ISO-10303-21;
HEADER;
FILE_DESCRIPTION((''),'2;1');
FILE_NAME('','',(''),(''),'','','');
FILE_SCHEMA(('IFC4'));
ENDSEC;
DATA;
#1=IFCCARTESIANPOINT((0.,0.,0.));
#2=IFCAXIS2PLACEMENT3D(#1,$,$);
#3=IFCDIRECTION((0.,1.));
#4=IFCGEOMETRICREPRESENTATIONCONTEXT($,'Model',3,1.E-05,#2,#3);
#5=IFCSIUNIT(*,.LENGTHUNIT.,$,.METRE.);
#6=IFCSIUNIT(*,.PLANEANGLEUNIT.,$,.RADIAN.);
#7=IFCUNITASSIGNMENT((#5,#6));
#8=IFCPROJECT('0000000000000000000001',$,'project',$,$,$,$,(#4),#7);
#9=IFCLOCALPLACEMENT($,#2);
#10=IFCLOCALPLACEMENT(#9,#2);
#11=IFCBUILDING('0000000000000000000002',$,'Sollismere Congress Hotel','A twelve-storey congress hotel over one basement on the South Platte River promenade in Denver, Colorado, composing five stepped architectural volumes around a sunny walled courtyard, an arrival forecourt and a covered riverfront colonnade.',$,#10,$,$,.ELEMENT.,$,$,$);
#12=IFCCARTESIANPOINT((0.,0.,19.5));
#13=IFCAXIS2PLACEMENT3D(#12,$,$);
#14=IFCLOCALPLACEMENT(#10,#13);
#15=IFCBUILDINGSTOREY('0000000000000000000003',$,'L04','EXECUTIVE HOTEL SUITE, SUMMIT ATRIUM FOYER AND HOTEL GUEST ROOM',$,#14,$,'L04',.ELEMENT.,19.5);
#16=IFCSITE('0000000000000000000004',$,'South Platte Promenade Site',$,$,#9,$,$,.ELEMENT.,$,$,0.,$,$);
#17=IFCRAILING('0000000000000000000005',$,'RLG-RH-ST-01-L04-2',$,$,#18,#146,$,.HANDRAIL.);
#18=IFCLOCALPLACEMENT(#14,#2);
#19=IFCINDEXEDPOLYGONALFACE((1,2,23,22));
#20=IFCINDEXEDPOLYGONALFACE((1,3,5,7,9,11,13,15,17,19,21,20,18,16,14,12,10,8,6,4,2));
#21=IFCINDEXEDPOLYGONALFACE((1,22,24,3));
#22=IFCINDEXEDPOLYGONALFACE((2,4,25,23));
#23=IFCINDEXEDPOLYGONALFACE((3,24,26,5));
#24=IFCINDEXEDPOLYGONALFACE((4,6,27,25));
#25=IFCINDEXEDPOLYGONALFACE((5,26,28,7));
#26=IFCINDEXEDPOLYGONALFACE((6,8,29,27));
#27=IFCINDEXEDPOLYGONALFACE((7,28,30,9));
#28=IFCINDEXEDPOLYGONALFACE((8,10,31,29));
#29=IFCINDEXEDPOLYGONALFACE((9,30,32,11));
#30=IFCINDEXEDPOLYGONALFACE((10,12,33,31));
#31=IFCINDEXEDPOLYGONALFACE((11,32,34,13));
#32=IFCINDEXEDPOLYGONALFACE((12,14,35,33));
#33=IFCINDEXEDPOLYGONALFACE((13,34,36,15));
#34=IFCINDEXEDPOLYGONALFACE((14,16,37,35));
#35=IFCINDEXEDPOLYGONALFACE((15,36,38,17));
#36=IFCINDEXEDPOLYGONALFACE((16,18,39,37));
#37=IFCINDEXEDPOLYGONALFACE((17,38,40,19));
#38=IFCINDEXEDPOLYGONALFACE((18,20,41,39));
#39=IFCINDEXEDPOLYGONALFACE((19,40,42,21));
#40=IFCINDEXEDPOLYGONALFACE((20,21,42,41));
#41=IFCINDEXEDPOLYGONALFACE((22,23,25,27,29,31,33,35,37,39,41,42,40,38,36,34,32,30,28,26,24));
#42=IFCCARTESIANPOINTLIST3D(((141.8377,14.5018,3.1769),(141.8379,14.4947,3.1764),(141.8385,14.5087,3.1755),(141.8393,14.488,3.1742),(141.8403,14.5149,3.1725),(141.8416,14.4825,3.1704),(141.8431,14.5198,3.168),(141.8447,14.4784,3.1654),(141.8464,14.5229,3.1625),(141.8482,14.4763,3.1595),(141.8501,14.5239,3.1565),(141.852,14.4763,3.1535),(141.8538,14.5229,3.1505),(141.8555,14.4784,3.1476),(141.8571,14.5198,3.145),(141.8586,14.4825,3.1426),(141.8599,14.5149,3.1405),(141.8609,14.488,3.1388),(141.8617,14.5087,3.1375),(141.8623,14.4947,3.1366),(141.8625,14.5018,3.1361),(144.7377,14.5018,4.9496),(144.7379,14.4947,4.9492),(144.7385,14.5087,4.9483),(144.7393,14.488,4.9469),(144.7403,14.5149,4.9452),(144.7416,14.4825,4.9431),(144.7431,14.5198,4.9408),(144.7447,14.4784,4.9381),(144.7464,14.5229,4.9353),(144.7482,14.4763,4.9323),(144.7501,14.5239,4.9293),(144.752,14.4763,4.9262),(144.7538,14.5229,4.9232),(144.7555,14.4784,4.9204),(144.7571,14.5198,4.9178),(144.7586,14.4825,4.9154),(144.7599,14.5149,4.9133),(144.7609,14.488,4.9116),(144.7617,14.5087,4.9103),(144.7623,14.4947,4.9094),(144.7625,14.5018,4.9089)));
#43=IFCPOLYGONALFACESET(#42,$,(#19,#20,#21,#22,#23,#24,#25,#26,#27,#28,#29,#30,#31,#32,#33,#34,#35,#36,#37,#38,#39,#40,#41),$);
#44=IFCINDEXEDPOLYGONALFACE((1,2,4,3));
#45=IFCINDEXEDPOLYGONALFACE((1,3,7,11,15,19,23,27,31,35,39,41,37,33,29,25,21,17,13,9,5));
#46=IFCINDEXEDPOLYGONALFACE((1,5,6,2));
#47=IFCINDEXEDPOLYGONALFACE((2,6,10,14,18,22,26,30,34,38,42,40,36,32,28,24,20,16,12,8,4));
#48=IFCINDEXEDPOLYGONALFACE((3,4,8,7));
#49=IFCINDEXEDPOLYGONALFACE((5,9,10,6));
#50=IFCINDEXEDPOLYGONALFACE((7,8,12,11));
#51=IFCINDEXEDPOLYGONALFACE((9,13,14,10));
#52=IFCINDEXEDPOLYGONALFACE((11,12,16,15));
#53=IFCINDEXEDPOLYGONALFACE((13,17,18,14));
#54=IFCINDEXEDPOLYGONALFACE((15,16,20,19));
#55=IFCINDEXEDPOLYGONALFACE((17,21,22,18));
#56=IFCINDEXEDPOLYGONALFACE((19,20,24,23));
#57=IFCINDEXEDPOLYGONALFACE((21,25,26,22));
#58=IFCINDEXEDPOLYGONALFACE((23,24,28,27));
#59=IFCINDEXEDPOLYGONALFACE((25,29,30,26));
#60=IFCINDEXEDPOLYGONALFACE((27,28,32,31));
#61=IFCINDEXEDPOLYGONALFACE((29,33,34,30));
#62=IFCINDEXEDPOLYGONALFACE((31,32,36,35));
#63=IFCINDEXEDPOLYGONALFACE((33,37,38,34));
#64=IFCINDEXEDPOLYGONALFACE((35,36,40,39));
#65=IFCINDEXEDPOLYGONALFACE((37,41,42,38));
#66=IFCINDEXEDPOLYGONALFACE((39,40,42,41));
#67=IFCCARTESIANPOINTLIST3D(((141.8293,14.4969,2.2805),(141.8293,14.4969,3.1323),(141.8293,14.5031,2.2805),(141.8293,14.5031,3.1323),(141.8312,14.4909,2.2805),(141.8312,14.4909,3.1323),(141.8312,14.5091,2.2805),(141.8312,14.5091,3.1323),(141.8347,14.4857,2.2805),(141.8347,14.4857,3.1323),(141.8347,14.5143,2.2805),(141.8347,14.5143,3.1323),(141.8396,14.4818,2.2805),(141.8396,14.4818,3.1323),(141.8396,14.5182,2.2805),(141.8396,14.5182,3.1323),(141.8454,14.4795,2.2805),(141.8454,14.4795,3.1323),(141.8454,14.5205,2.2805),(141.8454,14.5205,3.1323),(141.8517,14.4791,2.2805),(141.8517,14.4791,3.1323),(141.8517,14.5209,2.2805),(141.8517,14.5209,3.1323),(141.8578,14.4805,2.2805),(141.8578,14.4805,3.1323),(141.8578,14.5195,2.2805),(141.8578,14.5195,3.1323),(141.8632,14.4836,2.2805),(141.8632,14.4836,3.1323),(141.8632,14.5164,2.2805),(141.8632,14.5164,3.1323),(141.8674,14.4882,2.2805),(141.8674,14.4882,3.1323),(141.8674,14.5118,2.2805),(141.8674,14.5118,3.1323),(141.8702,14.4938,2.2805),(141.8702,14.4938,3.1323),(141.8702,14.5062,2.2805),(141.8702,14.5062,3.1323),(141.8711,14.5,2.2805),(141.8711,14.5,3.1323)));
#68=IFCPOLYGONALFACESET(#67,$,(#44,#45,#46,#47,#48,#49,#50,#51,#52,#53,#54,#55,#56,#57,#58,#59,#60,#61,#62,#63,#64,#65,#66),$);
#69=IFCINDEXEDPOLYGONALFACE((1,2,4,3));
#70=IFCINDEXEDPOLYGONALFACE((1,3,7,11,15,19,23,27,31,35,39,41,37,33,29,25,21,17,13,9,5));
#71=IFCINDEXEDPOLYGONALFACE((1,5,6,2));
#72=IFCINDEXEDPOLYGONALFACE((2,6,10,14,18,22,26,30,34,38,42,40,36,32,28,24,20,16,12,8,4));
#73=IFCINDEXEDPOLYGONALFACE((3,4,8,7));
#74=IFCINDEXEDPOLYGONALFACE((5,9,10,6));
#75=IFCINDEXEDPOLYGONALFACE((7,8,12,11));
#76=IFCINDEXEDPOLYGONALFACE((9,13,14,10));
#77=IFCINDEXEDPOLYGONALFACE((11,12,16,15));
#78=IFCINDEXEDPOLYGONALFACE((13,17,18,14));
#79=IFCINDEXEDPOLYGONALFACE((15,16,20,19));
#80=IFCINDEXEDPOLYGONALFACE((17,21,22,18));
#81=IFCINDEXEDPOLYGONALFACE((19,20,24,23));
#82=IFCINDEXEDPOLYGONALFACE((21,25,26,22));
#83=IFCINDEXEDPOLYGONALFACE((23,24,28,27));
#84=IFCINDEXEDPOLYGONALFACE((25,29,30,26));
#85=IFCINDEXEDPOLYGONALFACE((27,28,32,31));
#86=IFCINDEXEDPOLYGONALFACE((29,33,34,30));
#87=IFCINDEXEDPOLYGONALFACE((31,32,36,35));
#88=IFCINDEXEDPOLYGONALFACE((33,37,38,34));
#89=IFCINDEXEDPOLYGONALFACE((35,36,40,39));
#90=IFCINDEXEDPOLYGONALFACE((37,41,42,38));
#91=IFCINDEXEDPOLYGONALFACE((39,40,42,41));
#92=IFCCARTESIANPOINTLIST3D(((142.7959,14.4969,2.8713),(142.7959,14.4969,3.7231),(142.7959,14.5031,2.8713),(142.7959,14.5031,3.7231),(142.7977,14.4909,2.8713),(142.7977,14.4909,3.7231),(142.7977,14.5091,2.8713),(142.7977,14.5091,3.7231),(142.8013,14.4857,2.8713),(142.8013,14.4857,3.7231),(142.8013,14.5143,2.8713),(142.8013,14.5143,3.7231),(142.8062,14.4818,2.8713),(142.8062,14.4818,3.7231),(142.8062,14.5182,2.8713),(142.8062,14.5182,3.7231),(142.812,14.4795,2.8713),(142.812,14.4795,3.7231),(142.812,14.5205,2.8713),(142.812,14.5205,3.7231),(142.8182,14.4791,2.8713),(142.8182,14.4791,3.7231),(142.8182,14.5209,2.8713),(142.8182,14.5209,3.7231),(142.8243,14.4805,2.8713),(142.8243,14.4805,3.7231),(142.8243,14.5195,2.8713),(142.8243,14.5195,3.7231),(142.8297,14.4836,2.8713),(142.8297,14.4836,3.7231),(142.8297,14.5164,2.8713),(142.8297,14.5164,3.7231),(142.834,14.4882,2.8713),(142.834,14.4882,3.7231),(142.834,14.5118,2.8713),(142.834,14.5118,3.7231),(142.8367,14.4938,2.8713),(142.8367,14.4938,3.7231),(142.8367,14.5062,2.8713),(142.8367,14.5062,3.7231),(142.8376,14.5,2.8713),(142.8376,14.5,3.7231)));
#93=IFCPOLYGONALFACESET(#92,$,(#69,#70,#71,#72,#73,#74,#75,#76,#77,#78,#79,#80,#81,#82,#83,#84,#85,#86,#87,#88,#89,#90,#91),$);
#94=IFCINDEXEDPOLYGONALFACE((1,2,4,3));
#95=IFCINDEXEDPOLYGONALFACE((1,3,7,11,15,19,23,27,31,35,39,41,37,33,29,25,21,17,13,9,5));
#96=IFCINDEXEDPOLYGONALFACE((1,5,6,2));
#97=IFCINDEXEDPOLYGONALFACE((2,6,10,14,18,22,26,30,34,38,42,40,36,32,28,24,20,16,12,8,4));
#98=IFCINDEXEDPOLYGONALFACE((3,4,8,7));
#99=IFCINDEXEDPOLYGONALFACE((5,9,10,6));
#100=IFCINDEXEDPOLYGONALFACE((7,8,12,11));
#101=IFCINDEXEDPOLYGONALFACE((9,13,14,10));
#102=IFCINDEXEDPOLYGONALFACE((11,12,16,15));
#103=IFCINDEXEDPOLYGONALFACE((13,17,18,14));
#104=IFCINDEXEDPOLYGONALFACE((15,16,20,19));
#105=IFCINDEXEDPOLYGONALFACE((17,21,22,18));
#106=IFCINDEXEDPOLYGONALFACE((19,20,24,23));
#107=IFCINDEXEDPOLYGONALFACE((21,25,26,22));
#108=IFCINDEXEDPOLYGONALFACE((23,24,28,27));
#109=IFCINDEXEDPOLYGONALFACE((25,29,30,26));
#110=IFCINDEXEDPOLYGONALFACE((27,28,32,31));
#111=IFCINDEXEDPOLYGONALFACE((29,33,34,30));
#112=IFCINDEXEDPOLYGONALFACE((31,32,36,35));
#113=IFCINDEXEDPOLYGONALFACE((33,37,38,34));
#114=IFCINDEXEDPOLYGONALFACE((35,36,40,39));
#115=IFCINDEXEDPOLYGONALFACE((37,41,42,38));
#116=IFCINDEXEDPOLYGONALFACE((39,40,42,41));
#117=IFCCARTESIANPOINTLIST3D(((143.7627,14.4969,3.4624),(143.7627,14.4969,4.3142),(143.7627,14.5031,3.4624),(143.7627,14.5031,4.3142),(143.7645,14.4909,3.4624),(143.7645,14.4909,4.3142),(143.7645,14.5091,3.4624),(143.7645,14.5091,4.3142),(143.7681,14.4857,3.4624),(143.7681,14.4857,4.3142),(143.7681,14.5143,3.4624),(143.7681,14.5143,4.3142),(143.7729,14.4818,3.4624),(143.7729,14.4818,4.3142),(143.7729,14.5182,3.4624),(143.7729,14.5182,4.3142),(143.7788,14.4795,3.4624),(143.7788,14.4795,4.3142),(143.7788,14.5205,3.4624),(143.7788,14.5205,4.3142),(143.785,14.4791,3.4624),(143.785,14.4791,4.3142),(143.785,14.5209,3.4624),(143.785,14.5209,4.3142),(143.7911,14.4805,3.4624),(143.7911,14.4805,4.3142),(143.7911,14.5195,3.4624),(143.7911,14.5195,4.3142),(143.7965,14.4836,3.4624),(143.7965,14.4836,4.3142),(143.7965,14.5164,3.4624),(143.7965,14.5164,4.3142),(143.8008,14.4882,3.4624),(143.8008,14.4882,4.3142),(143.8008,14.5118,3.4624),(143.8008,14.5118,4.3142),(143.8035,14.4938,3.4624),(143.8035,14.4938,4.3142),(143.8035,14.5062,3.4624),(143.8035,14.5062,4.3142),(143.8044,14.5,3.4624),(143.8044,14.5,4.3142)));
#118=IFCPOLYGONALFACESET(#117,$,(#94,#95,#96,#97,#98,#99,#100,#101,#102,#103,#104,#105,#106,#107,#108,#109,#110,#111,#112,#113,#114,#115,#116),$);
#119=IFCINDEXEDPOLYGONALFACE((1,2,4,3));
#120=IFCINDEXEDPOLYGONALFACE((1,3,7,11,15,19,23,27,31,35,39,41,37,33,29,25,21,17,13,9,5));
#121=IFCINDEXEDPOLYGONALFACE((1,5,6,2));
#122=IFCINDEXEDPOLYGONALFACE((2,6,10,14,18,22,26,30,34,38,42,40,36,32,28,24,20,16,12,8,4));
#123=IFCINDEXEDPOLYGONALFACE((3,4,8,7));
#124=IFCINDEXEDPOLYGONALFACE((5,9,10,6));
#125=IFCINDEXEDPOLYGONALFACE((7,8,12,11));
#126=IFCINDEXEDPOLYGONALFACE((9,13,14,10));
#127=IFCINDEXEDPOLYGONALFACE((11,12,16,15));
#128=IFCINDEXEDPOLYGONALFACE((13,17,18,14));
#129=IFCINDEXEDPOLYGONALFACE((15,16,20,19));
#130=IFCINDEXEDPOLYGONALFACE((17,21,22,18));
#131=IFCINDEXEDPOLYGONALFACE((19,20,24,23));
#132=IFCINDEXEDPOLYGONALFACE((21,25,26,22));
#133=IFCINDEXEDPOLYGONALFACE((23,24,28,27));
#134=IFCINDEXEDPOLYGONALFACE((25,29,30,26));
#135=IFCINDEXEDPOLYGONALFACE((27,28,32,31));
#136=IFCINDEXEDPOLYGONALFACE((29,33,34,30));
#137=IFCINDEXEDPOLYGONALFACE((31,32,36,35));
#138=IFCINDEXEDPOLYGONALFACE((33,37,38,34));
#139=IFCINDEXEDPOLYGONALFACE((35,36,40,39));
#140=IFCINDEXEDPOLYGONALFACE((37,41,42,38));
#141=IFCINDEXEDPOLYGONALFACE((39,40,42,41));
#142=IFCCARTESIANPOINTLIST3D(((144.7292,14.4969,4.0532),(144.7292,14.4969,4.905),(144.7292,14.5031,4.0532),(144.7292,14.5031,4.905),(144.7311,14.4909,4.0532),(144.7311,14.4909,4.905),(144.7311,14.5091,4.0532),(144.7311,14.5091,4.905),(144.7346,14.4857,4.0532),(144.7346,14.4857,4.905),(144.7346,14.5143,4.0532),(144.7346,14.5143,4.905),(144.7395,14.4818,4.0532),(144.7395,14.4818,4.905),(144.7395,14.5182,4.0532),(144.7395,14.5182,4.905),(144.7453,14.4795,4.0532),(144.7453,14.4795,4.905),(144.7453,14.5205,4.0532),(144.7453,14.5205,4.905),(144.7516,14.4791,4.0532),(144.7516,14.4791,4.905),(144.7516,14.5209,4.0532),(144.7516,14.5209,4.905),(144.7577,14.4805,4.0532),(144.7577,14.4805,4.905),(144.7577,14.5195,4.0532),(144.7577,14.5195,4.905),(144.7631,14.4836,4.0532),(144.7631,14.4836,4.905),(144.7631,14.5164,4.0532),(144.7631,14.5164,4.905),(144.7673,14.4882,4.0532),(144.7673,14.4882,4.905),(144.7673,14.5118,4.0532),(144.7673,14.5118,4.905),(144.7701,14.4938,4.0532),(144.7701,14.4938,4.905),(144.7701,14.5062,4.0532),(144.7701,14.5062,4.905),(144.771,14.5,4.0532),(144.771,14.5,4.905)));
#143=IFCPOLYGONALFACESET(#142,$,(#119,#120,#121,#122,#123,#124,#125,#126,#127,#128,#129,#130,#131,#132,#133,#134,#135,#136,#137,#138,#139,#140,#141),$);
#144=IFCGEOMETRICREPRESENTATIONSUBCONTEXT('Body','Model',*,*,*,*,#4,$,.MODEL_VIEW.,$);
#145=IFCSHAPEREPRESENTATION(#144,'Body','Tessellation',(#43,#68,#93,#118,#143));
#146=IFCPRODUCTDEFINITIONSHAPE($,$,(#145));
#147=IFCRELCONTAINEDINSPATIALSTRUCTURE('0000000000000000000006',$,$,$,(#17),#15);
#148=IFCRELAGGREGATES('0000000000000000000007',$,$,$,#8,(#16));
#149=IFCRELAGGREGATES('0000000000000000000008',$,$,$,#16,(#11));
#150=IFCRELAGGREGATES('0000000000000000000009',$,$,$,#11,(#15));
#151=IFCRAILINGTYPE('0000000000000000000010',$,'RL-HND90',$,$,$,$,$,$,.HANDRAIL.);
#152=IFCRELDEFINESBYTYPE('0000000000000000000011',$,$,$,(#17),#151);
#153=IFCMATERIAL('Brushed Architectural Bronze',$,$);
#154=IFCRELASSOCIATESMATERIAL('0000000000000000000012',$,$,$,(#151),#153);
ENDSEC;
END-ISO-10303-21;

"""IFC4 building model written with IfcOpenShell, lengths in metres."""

from ifc_helpers import new_model, si_unit, direction, frame, origin, origin_2d, place, context, subcontext, project, spatial, circle, extrude, material, type_object, element, save


model = new_model("IFC4")

# Units and contexts
model_context = context("Model", 3, precision=1e-05, world=origin(), true_north=direction((0.0, 1.0)))
body_context = subcontext(model_context, "Body", "Model", "MODEL_VIEW")
ifc_project = project(units=[si_unit("LENGTHUNIT", "METRE"), si_unit("PLANEANGLEUNIT", "RADIAN")], contexts=[model_context])

# Site, building, storey
site_placement = place(None, origin())
site = spatial("IfcSite", under=ifc_project, at=site_placement, Name="South Platte Promenade Site", CompositionType="ELEMENT", RefElevation=0.0)
building_placement = place(site_placement, origin())
building = spatial("IfcBuilding", under=site, at=building_placement, Name="Sollismere Congress Hotel", Description="A twelve-storey congress hotel over one basement on the South Platte River promenade in Denver, Colorado, composing five stepped architectural volumes around a sunny walled courtyard, an arrival forecourt and a covered riverfront colonnade.", CompositionType="ELEMENT")
storey_placement = place(building_placement, frame((0.0, 0.0, 19.5)))
storey = spatial("IfcBuildingStorey", under=building, at=storey_placement, Name="L04", Description="EXECUTIVE HOTEL SUITE, SUMMIT ATRIUM FOYER AND HOTEL GUEST ROOM", LongName="L04", CompositionType="ELEMENT", Elevation=19.5)

# Railing
ifc_material_1 = material(Name="Brushed Architectural Bronze")
railing_type_1 = type_object("IfcRailingType", Name="RL-HND90", PredefinedType="HANDRAIL", material=ifc_material_1)
railing_1_placement = place(storey_placement, frame((141.8501, 14.5, 2.2805)))
element("IfcRailing", 1, at=railing_1_placement, inside=storey, type_object=railing_type_1, Name="RLG-RH-ST-01-L04-2", PredefinedType="HANDRAIL", context=body_context, shape_type="SweptSolid", body=[
    extrude(circle(Radius=0.0239, at=origin_2d()), frame((0.0, 0.0, 0.876), z_axis=(0.853211, 0.0, 0.521566), x_axis=(0.0, 1.0, 0.0)), (0.0, 0.0, 1.0), 3.3989),
    extrude(circle(Radius=0.021, at=origin_2d()), origin(), (0.0, 0.0, 1.0), 0.8518),
    extrude(circle(Radius=0.021, at=origin_2d()), frame((0.9666, 0.0, 0.5908)), (0.0, 0.0, 1.0), 0.8518),
    extrude(circle(Radius=0.021, at=origin_2d()), frame((1.9333, 0.0, 1.1819)), (0.0, 0.0, 1.0), 0.8518),
    extrude(circle(Radius=0.021, at=origin_2d()), frame((2.8999, 0.0, 1.7727)), (0.0, 0.0, 1.0), 0.8518),
])

save(model, "model.ifc")
